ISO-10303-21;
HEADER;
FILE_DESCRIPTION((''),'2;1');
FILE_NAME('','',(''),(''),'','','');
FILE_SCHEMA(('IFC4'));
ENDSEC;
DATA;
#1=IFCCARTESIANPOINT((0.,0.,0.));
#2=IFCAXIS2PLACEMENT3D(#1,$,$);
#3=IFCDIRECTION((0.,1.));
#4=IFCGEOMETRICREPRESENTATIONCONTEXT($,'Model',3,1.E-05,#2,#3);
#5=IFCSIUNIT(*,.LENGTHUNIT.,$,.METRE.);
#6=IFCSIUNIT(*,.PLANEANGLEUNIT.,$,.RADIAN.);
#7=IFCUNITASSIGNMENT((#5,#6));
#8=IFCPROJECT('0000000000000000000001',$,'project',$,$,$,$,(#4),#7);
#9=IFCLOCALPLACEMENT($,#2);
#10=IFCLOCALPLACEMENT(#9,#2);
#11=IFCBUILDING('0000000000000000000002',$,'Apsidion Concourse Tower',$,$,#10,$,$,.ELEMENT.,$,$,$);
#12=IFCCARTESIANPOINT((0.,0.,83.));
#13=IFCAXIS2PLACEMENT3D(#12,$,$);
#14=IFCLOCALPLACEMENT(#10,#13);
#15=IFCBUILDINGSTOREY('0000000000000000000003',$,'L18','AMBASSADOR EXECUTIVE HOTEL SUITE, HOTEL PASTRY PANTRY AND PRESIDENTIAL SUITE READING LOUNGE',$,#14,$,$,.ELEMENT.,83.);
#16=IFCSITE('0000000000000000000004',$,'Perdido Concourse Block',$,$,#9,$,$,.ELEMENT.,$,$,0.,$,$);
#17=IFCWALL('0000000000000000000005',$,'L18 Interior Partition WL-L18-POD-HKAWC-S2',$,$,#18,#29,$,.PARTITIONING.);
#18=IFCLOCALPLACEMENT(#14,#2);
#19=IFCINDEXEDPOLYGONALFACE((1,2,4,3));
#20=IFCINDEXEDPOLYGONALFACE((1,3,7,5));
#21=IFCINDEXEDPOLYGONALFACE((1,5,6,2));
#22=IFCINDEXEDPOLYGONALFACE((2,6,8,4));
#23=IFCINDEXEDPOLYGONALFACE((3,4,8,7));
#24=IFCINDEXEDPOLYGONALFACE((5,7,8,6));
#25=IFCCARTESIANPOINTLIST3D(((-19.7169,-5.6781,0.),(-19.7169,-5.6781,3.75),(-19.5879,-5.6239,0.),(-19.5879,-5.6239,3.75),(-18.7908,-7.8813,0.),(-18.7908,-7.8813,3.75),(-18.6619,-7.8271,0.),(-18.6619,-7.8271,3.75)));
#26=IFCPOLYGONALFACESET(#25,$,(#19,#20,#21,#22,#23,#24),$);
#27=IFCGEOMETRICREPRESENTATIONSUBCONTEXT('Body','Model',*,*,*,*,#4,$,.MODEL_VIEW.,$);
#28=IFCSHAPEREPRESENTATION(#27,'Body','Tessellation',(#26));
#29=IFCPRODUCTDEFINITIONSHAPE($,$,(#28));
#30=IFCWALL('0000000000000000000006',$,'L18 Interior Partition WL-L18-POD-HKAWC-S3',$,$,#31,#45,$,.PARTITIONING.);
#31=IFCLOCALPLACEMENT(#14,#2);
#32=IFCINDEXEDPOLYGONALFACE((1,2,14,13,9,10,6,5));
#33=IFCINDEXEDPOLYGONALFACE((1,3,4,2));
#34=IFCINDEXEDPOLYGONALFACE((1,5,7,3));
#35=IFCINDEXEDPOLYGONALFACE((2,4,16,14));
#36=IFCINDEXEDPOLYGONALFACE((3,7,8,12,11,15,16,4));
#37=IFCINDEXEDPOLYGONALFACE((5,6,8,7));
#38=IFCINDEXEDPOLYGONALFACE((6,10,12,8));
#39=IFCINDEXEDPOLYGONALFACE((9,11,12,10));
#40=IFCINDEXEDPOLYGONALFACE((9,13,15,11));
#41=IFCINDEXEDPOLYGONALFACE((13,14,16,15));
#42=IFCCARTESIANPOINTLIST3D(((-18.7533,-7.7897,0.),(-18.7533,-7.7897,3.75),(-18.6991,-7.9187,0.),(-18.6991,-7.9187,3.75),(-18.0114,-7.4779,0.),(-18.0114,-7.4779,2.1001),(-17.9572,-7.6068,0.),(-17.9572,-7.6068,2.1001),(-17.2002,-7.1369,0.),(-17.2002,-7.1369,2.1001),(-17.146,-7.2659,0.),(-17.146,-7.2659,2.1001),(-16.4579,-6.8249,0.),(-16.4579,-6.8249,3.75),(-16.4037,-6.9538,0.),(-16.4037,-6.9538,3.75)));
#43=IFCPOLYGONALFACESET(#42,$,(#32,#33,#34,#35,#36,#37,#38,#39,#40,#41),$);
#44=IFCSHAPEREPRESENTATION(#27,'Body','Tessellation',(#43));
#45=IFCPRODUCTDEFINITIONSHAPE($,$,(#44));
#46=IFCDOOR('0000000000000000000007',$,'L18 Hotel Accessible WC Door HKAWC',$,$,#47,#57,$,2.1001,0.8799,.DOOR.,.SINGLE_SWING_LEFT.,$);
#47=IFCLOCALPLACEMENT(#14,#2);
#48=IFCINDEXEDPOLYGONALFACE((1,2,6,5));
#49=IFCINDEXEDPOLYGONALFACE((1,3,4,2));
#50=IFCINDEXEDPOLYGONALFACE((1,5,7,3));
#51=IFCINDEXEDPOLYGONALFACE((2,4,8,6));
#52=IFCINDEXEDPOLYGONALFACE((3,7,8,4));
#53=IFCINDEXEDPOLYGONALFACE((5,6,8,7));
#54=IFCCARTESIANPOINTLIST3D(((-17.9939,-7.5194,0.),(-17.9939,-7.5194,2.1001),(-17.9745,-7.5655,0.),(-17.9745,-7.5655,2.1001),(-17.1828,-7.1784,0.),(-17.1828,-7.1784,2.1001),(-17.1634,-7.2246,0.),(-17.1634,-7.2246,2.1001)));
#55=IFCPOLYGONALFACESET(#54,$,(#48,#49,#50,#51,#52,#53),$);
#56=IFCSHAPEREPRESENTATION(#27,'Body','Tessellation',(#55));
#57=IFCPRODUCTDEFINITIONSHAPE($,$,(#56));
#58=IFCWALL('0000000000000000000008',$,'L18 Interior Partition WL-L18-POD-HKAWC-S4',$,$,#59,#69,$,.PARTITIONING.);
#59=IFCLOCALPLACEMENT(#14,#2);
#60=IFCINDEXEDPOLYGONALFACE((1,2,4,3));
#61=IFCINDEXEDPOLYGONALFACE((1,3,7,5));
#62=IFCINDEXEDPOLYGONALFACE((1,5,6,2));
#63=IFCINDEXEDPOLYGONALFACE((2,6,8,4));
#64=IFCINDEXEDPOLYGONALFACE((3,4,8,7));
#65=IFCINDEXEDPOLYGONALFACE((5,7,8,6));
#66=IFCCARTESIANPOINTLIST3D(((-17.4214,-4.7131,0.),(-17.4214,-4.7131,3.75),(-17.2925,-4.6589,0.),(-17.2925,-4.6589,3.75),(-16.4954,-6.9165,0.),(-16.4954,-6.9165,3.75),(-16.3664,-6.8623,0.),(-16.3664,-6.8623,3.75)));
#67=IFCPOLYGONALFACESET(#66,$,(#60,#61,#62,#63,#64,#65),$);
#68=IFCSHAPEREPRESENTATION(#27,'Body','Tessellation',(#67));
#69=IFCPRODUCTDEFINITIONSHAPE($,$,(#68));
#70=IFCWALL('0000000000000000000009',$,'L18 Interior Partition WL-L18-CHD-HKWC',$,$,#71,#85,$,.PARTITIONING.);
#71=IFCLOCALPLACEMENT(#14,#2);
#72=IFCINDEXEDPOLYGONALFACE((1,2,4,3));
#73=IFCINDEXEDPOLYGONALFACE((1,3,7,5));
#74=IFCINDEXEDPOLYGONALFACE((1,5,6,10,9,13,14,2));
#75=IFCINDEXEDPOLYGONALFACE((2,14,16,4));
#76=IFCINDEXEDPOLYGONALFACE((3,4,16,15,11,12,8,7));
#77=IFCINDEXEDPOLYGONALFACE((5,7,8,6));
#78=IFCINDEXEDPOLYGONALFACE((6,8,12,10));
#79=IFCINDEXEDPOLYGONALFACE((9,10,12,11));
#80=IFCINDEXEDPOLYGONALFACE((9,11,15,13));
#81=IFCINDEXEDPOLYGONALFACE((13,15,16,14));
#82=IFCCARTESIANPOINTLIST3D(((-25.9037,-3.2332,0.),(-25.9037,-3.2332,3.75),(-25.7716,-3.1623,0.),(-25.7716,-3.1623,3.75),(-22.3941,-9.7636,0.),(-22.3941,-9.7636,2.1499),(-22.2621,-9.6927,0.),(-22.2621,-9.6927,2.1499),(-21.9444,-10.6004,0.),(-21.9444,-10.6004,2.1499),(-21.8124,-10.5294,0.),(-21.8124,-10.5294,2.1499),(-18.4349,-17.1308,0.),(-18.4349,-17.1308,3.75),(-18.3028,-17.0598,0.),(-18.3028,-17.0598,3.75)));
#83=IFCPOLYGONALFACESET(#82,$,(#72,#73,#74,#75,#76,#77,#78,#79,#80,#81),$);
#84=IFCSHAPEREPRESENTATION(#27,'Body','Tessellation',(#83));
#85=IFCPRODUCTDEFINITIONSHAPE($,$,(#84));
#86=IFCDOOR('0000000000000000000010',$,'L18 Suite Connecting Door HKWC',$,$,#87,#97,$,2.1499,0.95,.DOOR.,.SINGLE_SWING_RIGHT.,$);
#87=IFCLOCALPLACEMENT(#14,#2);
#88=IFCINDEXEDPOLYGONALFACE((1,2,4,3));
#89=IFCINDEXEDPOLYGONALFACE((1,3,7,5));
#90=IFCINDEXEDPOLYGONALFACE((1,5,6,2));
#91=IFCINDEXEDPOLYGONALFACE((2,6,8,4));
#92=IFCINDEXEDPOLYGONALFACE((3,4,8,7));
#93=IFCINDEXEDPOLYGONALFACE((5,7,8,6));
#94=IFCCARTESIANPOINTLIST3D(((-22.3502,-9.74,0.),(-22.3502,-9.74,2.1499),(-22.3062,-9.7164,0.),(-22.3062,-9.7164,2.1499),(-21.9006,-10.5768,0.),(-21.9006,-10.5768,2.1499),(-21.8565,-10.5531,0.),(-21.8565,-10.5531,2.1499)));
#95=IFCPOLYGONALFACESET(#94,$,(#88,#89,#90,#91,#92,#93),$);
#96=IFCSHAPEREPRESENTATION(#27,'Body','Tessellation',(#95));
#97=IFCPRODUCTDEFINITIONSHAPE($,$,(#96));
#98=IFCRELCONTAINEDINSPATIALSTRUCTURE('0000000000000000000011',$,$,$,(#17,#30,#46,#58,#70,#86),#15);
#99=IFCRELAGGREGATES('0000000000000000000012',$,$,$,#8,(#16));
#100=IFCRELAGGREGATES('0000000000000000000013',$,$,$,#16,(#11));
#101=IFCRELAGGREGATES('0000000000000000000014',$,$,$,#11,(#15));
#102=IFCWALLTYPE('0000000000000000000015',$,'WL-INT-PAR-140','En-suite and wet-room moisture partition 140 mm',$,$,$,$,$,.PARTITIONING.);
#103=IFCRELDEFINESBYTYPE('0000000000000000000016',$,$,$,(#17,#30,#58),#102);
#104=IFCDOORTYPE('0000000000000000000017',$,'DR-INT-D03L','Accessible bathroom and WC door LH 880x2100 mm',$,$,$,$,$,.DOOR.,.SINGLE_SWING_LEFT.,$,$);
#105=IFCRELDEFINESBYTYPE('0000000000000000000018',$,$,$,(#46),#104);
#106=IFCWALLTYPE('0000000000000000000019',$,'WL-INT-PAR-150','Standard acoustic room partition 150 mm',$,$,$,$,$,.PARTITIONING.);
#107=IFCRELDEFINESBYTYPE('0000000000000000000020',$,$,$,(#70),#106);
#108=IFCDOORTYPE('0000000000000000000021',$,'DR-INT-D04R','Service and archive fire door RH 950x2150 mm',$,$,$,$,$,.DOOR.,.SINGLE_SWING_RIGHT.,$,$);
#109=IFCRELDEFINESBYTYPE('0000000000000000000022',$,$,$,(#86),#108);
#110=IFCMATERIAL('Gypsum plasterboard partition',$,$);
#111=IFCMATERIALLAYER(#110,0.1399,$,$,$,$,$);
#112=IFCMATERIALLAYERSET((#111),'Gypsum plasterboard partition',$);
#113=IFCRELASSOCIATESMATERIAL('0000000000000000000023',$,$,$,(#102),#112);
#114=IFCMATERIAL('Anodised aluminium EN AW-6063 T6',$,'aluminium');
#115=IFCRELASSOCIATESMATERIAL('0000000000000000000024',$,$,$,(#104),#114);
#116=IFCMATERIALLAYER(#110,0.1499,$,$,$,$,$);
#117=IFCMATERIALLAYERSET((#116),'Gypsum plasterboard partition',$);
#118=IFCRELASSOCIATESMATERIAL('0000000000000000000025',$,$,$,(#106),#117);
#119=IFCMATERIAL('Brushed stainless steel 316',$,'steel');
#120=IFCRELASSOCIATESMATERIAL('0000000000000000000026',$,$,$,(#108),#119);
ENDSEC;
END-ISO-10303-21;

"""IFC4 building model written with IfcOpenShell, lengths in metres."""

from ifc_helpers import new_model, si_unit, direction, frame, frame_2d, origin, place, context, subcontext, project, spatial, rectangle, extrude, material, layer, layer_set, type_object, element, fill, save


model = new_model("IFC4")

# Units and contexts
model_context = context("Model", 3, precision=1e-05, world=origin(), true_north=direction((0.0, 1.0)))
body_context = subcontext(model_context, "Body", "Model", "MODEL_VIEW")
ifc_project = project(units=[si_unit("LENGTHUNIT", "METRE"), si_unit("PLANEANGLEUNIT", "RADIAN")], contexts=[model_context])

# Site, building, storey
site_placement = place(None, origin())
site = spatial("IfcSite", under=ifc_project, at=site_placement, Name="Perdido Concourse Block", CompositionType="ELEMENT", RefElevation=0.0)
building_placement = place(site_placement, origin())
building = spatial("IfcBuilding", under=site, at=building_placement, Name="Apsidion Concourse Tower", CompositionType="ELEMENT")
storey_placement = place(building_placement, frame((0.0, 0.0, 83.0)))
storey = spatial("IfcBuildingStorey", under=building, at=storey_placement, Name="L18", Description="AMBASSADOR EXECUTIVE HOTEL SUITE, HOTEL PASTRY PANTRY AND PRESIDENTIAL SUITE READING LOUNGE", CompositionType="ELEMENT", Elevation=83.0)

# Shared definitions
ifc_material_1 = material(Name="Anodised aluminium EN AW-6063 T6", Category="aluminium")

# Wall
ifc_material_2 = material(Name="Gypsum plasterboard partition")
ifc_layer_1 = layer(ifc_material_2, 0.1399)
ifc_layer_set_1 = layer_set([ifc_layer_1], Name="Gypsum plasterboard partition")
wall_type_1 = type_object("IfcWallType", Name="WL-INT-PAR-140", Description="En-suite and wet-room moisture partition 140 mm", PredefinedType="PARTITIONING", material=ifc_layer_set_1)
wall_1_placement = place(storey_placement, frame((-19.6523, -5.6511, 0.0), z_axis=(0.0, 0.0, 1.0), x_axis=(0.387486, -0.921876, 0.0)))
element("IfcWall", 1, at=wall_1_placement, inside=storey, type_object=wall_type_1, Name="L18 Interior Partition WL-L18-POD-HKAWC-S2", PredefinedType="PARTITIONING", context=body_context, shape_type="SweptSolid", body=[
    extrude(rectangle(XDim=2.3899, YDim=0.1399, at=frame_2d((1.1948, 0.0))), origin(), (0.0, 0.0, 1.0), 3.75),
])

# Wall, opening, door
wall_2_placement = place(storey_placement, frame((-18.7263, -7.8542, 0.0), z_axis=(0.0, 0.0, 1.0), x_axis=(0.921871, 0.387496, 0.0)))
wall_2 = element("IfcWall", 2, at=wall_2_placement, inside=storey, type_object=wall_type_1, Name="L18 Interior Partition WL-L18-POD-HKAWC-S3", PredefinedType="PARTITIONING", context=body_context, shape_type="SweptSolid", body=[
    extrude(rectangle(XDim=2.49, YDim=0.1399, at=frame_2d((1.2451, 0.0))), origin(), (0.0, 0.0, 1.0), 3.75),
])
opening_1_placement = place(wall_2_placement, frame((0.8049, 0.0, 0.0)))
opening_1 = element("IfcOpeningElement", 3, at=opening_1_placement, cuts=wall_2, PredefinedType="OPENING", context=body_context, shape_type="SweptSolid", body=[
    extrude(rectangle(XDim=0.8799, YDim=2.1001, at=frame_2d((0.4399, 1.05))), frame((0.0, 0.0801, 0.0), z_axis=(0.0, -1.0, 0.0), x_axis=(1.0, 0.0, 0.0)), (0.0, 0.0, 1.0), 0.1599),
])
door_type_1 = type_object("IfcDoorType", Name="DR-INT-D03L", Description="Accessible bathroom and WC door LH 880x2100 mm", OperationType="SINGLE_SWING_LEFT", PredefinedType="DOOR", material=ifc_material_1)
door_1_placement = place(opening_1_placement, origin())
door_1 = element("IfcDoor", 4, at=door_1_placement, inside=storey, type_object=door_type_1, Name="L18 Hotel Accessible WC Door HKAWC", OperationType="SINGLE_SWING_LEFT", OverallHeight=2.1001, OverallWidth=0.8799, PredefinedType="DOOR", context=body_context, shape_type="SweptSolid", body=[
    extrude(rectangle(XDim=0.8799, YDim=2.1001, at=frame_2d((0.4399, 1.05))), frame((0.0, 0.0249, 0.0), z_axis=(0.0, -1.0, 0.0), x_axis=(1.0, 0.0, 0.0)), (0.0, 0.0, 1.0), 0.05),
])
fill(opening_1, door_1)

# Wall
wall_3_placement = place(storey_placement, frame((-16.4309, -6.8894, 0.0), z_axis=(0.0, 0.0, 1.0), x_axis=(-0.38745, 0.921891, 0.0)))
element("IfcWall", 5, at=wall_3_placement, inside=storey, type_object=wall_type_1, Name="L18 Interior Partition WL-L18-POD-HKAWC-S4", PredefinedType="PARTITIONING", context=body_context, shape_type="SweptSolid", body=[
    extrude(rectangle(XDim=2.3901, YDim=0.1399, at=frame_2d((1.1951, 0.0))), origin(), (0.0, 0.0, 1.0), 3.75),
])

# Wall, opening, door
ifc_layer_2 = layer(ifc_material_2, 0.1499)
ifc_layer_set_2 = layer_set([ifc_layer_2], Name="Gypsum plasterboard partition")
wall_type_2 = type_object("IfcWallType", Name="WL-INT-PAR-150", Description="Standard acoustic room partition 150 mm", PredefinedType="PARTITIONING", material=ifc_layer_set_2)
wall_4_placement = place(storey_placement, frame((-25.8376, -3.1978, 0.0), z_axis=(0.0, 0.0, 1.0), x_axis=(0.473387, -0.880854, 0.0)))
wall_4 = element("IfcWall", 6, at=wall_4_placement, inside=storey, type_object=wall_type_2, Name="L18 Interior Partition WL-L18-CHD-HKWC", PredefinedType="PARTITIONING", context=body_context, shape_type="SweptSolid", body=[
    extrude(rectangle(XDim=15.7773, YDim=0.1499, at=frame_2d((7.8887, 0.0))), origin(), (0.0, 0.0, 1.0), 3.75),
])
opening_2_placement = place(wall_4_placement, frame((7.4136, 0.0, 0.0)))
opening_2 = element("IfcOpeningElement", 7, at=opening_2_placement, cuts=wall_4, PredefinedType="OPENING", context=body_context, shape_type="SweptSolid", body=[
    extrude(rectangle(XDim=0.95, YDim=2.1499, at=frame_2d((0.4751, 1.075))), frame((0.0, 0.085, 0.0), z_axis=(0.0, -1.0, 0.0), x_axis=(1.0, 0.0, 0.0)), (0.0, 0.0, 1.0), 0.1699),
])
ifc_material_3 = material(Name="Brushed stainless steel 316", Category="steel")
door_type_2 = type_object("IfcDoorType", Name="DR-INT-D04R", Description="Service and archive fire door RH 950x2150 mm", OperationType="SINGLE_SWING_RIGHT", PredefinedType="DOOR", material=ifc_material_3)
door_2_placement = place(opening_2_placement, origin())
door_2 = element("IfcDoor", 8, at=door_2_placement, inside=storey, type_object=door_type_2, Name="L18 Suite Connecting Door HKWC", OperationType="SINGLE_SWING_RIGHT", OverallHeight=2.1499, OverallWidth=0.95, PredefinedType="DOOR", context=body_context, shape_type="SweptSolid", body=[
    extrude(rectangle(XDim=0.95, YDim=2.1499, at=frame_2d((0.4751, 1.075))), frame((0.0, 0.0249, 0.0), z_axis=(0.0, -1.0, 0.0), x_axis=(1.0, 0.0, 0.0)), (0.0, 0.0, 1.0), 0.05),
])
fill(opening_2, door_2)

save(model, "model.ifc")
